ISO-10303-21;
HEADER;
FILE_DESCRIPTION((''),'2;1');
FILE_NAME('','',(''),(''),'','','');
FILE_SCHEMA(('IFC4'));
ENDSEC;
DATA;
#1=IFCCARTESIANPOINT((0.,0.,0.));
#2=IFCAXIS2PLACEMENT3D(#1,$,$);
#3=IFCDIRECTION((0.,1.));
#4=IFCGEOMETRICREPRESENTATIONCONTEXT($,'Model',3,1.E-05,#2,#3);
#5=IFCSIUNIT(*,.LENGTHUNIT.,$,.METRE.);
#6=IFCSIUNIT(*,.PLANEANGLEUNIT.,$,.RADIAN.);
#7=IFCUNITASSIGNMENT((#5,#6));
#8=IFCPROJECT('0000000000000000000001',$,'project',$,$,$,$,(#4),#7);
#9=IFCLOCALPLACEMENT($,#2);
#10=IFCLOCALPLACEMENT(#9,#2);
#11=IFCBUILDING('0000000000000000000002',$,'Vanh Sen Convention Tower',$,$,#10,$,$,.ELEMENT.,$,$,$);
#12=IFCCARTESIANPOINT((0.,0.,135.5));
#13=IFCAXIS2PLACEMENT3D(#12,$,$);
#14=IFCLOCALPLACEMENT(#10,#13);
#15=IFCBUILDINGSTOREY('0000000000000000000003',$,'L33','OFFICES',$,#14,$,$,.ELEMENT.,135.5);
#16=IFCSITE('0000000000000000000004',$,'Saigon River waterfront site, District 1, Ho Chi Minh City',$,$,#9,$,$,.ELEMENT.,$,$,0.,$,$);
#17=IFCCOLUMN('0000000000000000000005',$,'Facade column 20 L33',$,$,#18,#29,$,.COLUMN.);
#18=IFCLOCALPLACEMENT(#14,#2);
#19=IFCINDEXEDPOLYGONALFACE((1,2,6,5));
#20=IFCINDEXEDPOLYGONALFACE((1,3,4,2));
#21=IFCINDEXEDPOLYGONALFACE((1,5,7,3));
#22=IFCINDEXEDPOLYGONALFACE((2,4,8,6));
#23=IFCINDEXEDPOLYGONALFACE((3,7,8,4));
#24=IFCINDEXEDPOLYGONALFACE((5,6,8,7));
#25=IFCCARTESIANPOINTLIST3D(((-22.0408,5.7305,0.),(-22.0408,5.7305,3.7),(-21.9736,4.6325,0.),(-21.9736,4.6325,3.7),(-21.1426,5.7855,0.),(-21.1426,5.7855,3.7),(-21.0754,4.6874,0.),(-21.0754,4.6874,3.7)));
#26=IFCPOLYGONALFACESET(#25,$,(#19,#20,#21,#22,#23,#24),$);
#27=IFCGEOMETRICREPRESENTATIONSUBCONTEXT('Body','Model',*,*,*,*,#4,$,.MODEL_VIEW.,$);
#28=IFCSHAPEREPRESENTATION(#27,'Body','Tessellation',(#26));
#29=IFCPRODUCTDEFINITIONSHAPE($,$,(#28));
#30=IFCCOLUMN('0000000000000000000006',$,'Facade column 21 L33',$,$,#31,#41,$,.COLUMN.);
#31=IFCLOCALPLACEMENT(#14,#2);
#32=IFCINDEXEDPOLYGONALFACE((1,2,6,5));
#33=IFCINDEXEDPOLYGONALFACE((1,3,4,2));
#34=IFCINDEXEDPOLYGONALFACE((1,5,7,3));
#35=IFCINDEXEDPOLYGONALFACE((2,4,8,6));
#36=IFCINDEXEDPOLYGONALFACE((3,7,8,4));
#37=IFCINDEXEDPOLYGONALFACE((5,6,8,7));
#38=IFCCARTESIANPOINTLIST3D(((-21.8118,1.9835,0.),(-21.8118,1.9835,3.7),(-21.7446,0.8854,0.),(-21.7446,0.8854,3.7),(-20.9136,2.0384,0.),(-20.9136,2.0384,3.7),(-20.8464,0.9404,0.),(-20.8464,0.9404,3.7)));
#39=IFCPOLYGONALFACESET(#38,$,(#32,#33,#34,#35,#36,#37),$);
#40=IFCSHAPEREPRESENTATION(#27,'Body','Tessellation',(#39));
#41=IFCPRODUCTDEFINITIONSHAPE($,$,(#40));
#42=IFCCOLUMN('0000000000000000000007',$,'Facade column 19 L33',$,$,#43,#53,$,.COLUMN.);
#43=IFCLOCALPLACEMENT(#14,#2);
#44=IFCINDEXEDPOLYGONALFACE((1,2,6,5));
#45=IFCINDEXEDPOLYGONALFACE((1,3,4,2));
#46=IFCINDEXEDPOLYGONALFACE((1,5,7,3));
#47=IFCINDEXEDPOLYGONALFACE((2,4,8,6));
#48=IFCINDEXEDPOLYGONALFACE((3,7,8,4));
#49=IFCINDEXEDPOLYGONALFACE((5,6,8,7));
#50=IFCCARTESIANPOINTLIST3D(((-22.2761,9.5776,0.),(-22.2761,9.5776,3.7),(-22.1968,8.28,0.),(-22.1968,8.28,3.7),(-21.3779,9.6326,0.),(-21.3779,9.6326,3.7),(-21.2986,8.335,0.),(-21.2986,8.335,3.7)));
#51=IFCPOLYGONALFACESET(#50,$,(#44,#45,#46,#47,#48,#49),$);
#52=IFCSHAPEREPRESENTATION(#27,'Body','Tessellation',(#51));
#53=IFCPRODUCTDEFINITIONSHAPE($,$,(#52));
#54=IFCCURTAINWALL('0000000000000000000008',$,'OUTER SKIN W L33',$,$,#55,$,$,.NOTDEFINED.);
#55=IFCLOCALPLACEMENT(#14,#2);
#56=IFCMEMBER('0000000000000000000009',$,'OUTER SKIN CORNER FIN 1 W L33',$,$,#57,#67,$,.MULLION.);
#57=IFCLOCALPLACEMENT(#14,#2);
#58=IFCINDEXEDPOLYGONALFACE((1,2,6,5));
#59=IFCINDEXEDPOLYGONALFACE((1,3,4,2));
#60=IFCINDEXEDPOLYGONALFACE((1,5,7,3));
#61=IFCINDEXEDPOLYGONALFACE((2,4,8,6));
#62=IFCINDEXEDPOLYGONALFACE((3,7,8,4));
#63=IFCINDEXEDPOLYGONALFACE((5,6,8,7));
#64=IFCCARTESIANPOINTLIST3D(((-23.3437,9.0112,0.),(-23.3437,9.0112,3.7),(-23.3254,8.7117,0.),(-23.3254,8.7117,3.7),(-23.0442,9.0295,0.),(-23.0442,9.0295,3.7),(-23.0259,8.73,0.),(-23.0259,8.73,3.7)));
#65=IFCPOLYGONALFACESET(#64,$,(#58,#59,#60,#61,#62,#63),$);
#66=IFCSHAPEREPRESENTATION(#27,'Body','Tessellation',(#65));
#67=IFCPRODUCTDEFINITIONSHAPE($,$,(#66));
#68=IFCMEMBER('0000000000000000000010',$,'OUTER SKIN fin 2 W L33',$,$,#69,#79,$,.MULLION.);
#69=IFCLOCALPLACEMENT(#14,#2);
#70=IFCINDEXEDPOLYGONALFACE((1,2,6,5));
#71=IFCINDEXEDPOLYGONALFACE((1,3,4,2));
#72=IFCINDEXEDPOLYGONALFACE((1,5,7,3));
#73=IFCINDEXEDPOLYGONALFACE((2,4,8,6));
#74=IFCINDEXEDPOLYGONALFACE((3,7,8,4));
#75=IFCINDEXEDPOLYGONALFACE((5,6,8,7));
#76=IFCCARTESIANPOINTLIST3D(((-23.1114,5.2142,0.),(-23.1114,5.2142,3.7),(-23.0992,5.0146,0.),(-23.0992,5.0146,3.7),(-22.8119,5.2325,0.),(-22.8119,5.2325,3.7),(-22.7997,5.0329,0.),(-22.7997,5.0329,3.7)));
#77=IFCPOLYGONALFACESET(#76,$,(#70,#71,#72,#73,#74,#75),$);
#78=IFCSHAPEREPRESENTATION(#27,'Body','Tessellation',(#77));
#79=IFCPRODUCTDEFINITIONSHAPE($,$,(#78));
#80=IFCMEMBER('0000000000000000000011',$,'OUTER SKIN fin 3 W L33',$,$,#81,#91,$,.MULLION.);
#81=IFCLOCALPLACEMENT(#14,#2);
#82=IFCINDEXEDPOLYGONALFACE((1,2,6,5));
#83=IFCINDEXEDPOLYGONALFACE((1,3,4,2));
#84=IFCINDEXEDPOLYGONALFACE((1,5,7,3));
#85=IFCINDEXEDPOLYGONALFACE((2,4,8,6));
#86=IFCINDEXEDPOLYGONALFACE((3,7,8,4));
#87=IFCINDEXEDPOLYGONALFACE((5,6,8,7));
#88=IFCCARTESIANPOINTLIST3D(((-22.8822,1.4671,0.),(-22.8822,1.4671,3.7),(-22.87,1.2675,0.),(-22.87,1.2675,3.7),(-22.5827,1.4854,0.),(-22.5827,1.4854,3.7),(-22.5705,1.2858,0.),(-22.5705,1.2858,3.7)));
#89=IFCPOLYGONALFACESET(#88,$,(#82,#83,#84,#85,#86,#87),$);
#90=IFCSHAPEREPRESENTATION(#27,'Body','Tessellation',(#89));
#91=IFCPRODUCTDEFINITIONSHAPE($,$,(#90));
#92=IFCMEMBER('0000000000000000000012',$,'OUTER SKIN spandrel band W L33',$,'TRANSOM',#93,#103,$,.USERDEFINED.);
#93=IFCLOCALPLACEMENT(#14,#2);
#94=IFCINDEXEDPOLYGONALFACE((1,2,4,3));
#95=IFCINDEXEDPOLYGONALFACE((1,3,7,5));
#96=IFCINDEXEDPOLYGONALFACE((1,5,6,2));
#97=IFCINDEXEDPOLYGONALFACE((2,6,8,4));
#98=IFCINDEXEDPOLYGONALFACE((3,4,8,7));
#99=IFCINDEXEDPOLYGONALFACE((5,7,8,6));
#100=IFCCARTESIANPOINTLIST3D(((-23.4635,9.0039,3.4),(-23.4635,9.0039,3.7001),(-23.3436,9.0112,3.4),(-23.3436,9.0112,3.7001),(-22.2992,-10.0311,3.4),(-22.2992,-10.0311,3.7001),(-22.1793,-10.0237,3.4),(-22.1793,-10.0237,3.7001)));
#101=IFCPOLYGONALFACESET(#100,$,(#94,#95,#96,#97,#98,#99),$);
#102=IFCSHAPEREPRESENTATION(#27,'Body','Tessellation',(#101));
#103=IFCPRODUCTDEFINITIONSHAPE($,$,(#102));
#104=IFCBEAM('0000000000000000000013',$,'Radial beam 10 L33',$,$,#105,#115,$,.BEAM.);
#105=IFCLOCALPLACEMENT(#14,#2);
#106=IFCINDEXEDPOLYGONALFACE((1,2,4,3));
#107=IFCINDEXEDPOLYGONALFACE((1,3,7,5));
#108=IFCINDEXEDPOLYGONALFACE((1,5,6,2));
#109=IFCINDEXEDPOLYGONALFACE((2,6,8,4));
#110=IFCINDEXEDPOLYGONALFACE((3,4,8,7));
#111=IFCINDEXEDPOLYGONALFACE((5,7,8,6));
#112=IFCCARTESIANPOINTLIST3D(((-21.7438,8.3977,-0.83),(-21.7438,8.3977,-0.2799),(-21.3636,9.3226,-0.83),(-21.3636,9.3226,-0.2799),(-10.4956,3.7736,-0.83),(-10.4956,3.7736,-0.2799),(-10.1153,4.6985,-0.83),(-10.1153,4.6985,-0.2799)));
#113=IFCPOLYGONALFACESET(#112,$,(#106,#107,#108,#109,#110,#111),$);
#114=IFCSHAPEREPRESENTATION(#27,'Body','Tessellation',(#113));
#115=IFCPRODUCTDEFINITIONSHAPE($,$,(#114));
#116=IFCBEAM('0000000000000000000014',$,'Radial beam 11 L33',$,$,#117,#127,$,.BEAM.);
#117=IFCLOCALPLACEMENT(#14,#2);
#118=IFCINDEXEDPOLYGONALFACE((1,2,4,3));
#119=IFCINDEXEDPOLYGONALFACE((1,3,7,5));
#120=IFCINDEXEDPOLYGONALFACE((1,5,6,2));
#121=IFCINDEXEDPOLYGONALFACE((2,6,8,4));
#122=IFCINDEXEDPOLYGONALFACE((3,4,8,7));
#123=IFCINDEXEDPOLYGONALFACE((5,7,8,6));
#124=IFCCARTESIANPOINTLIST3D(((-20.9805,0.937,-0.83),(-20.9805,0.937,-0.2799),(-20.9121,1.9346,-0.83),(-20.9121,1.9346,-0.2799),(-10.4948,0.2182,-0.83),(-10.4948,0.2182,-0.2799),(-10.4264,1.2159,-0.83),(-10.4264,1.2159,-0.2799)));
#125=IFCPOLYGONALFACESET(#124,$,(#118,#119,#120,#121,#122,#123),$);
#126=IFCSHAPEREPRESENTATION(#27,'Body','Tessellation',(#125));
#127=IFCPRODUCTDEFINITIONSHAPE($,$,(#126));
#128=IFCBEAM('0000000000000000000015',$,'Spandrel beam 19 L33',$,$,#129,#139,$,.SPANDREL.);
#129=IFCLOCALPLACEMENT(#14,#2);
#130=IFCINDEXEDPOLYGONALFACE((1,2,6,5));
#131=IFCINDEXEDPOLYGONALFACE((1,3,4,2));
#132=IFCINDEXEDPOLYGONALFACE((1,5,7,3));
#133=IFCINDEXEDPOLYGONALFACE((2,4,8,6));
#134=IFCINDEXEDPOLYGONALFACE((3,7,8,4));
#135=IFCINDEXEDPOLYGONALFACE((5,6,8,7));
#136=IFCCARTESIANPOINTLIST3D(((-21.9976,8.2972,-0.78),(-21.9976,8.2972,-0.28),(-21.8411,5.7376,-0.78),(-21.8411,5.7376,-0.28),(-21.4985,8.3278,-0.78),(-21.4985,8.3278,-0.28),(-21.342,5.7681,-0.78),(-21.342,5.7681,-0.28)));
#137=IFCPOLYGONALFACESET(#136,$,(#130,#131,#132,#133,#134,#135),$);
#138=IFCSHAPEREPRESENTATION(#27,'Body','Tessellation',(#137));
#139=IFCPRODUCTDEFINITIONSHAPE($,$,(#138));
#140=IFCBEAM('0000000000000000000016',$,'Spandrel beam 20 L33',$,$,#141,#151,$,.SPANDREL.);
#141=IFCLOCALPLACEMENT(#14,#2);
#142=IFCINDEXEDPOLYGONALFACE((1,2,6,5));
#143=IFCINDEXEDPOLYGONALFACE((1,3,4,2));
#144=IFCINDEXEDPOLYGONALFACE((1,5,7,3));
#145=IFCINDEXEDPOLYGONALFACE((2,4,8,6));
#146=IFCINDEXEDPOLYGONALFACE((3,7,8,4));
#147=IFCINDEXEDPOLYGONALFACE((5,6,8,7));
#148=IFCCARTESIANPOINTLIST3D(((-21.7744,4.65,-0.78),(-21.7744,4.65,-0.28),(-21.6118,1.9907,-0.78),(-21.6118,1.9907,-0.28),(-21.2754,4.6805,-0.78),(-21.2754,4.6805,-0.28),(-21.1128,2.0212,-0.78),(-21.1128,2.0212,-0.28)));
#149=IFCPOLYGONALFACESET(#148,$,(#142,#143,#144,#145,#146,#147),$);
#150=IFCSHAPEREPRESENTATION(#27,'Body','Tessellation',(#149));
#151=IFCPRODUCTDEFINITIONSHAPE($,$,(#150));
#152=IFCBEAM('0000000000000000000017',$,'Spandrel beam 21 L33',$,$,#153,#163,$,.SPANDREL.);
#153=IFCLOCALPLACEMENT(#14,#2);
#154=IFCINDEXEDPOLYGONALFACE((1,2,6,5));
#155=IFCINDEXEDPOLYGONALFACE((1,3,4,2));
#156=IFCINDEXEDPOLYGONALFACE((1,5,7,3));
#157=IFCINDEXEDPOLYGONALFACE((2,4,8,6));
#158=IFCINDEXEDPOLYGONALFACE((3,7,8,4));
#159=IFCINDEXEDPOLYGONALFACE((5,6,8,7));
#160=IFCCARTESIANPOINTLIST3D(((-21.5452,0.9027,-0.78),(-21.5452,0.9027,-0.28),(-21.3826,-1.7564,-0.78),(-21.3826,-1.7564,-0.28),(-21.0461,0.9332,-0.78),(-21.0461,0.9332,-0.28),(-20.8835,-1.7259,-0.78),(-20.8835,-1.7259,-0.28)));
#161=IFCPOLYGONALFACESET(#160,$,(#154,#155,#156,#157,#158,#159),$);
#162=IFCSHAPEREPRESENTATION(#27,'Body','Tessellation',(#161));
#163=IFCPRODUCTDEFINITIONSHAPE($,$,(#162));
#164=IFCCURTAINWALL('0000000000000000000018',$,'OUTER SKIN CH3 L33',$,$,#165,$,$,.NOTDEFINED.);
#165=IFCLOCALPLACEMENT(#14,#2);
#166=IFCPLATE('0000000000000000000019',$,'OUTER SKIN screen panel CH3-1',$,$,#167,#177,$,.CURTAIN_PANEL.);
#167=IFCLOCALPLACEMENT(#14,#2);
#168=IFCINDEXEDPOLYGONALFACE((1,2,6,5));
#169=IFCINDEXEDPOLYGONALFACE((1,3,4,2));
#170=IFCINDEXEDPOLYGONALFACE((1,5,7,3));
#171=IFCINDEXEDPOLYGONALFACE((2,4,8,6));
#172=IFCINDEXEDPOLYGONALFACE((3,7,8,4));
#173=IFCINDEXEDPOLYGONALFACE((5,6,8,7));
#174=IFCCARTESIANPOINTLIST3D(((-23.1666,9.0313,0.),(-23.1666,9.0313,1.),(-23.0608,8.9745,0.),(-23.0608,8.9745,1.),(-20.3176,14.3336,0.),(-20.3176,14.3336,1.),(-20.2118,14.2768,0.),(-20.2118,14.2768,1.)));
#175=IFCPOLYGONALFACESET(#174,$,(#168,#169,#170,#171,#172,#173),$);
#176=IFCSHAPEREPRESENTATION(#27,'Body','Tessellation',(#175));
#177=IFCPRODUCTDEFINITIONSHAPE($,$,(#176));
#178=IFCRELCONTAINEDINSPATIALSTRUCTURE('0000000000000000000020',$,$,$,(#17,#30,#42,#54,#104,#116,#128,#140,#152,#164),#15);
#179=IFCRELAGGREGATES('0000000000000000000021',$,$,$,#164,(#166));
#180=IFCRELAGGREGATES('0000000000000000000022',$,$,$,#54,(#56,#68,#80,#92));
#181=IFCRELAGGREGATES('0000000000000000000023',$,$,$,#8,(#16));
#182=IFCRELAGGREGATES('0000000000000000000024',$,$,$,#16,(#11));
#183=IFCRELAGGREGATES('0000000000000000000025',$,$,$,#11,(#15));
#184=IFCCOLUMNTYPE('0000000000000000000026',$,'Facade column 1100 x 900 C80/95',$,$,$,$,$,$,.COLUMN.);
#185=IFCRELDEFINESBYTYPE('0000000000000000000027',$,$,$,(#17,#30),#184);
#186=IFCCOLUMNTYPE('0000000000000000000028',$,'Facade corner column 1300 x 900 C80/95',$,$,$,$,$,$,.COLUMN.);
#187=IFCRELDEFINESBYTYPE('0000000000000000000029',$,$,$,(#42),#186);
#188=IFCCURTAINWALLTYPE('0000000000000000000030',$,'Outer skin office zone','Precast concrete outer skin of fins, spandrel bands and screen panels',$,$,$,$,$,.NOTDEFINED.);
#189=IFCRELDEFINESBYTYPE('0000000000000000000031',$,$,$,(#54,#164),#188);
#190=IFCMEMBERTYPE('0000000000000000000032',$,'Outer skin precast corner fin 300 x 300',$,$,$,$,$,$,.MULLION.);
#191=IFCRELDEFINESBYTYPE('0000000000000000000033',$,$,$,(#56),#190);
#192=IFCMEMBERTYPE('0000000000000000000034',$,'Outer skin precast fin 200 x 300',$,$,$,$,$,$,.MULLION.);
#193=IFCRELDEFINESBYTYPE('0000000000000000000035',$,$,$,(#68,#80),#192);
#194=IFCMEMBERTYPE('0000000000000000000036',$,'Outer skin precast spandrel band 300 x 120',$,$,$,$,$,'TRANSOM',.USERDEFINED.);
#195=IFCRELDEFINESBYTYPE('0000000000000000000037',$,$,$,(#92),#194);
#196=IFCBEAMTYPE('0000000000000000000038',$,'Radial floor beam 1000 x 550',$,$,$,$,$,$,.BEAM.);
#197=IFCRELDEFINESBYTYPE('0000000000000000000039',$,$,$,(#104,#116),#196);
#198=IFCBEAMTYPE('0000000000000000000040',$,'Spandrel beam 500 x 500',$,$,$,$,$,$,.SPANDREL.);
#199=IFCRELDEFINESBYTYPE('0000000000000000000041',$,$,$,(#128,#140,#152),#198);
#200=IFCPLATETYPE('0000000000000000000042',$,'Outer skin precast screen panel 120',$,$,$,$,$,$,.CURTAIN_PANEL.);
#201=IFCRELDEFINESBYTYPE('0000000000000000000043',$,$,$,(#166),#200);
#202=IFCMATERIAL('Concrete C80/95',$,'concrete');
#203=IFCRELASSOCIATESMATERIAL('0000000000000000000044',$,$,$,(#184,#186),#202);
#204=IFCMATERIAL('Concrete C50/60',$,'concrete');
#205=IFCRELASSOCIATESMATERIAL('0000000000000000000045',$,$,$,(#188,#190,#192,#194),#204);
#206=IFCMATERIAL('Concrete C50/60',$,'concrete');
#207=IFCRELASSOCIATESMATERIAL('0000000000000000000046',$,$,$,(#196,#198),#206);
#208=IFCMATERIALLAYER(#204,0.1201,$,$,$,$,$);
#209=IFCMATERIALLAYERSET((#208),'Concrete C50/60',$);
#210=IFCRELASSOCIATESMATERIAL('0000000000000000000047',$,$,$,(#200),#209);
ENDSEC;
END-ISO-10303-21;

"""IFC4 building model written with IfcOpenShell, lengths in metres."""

from ifc_helpers import new_model, si_unit, direction, frame, origin, origin_2d, place, context, subcontext, project, spatial, rectangle, extrude, material, layer, layer_set, material_profile, profile_set, type_object, element, aggregate, save


model = new_model("IFC4")

# Units and contexts
model_context = context("Model", 3, precision=1e-05, world=origin(), true_north=direction((0.0, 1.0)))
body_context = subcontext(model_context, "Body", "Model", "MODEL_VIEW")
ifc_project = project(units=[si_unit("LENGTHUNIT", "METRE"), si_unit("PLANEANGLEUNIT", "RADIAN")], contexts=[model_context])

# Site, building, storey
site_placement = place(None, origin())
site = spatial("IfcSite", under=ifc_project, at=site_placement, Name="Saigon River waterfront site, District 1, Ho Chi Minh City", CompositionType="ELEMENT", RefElevation=0.0)
building_placement = place(site_placement, origin())
building = spatial("IfcBuilding", under=site, at=building_placement, Name="Vanh Sen Convention Tower", CompositionType="ELEMENT")
storey_placement = place(building_placement, frame((0.0, 0.0, 135.5)))
storey = spatial("IfcBuildingStorey", under=building, at=storey_placement, Name="L33", Description="OFFICES", CompositionType="ELEMENT", Elevation=135.5)

# Columns
ifc_material_1 = material(Name="Concrete C80/95", Category="concrete")
ifc_material_profile_1 = material_profile(ifc_material_1, rectangle(XDim=1.1001, YDim=0.8999, at=origin_2d()), Name="RC 1100X900")
ifc_profile_set_1 = profile_set([ifc_material_profile_1], Name="Concrete C80/95")
column_type_1 = type_object("IfcColumnType", Name="Facade column 1100 x 900 C80/95", PredefinedType="COLUMN", material=ifc_profile_set_1)
for number, where, z_axis, x_axis, name in (
    (1, (-21.5581, 5.209, 0.0), (0.0, 0.0, 1.0), (0.061049, -0.998135, 0.0), "Facade column 20 L33"),
    (2, (-21.3291, 1.4619, 0.0), (0.0, 0.0, 1.0), (0.061049, -0.998135, 0.0), "Facade column 21 L33"),
):
    element("IfcColumn", number, at=place(storey_placement, frame(where, z_axis=z_axis, x_axis=x_axis)), inside=storey, type_object=column_type_1, Name=name, PredefinedType="COLUMN", context=body_context, shape_type="SweptSolid", body=[
        extrude(rectangle(XDim=1.1001, YDim=0.8999, at=origin_2d()), origin(), (0.0, 0.0, 1.0), 3.7),
    ])
ifc_material_profile_2 = material_profile(ifc_material_1, rectangle(XDim=1.3, YDim=0.8999, at=origin_2d()), Name="RC 1300X900")
ifc_profile_set_2 = profile_set([ifc_material_profile_2], Name="Concrete C80/95")
column_type_2 = type_object("IfcColumnType", Name="Facade corner column 1300 x 900 C80/95", PredefinedType="COLUMN", material=ifc_profile_set_2)
column_placement = place(storey_placement, frame((-21.7874, 8.9563, 0.0), z_axis=(0.0, 0.0, 1.0), x_axis=(0.061049, -0.998135, 0.0)))
element("IfcColumn", 3, at=column_placement, inside=storey, type_object=column_type_2, Name="Facade column 19 L33", PredefinedType="COLUMN", context=body_context, shape_type="SweptSolid", body=[
    extrude(rectangle(XDim=1.3, YDim=0.8999, at=origin_2d()), origin(), (0.0, 0.0, 1.0), 3.7),
])

# Curtain wall, members
ifc_material_2 = material(Name="Concrete C50/60", Category="concrete")
curtain_wall_type = type_object("IfcCurtainWallType", Name="Outer skin office zone", Description="Precast concrete outer skin of fins, spandrel bands and screen panels", PredefinedType="NOTDEFINED", material=ifc_material_2)
curtain_wall_1_placement = place(storey_placement, origin())
curtain_wall_1 = element("IfcCurtainWall", 4, at=curtain_wall_1_placement, inside=storey, type_object=curtain_wall_type, Name="OUTER SKIN W L33", PredefinedType="NOTDEFINED")
ifc_material_profile_3 = material_profile(ifc_material_2, rectangle(XDim=0.3, YDim=0.3, at=origin_2d()), Name="Outer skin precast corner fin 300 x 300")
ifc_profile_set_3 = profile_set([ifc_material_profile_3], Name="Concrete C50/60")
member_type_1 = type_object("IfcMemberType", Name="Outer skin precast corner fin 300 x 300", PredefinedType="MULLION", material=ifc_profile_set_3)
member_1_placement = place(storey_placement, frame((-23.1848, 8.8706, 0.0), z_axis=(0.0, 0.0, 1.0), x_axis=(0.061049, -0.998135, 0.0)))
member_1 = element("IfcMember", 5, at=member_1_placement, type_object=member_type_1, Name="OUTER SKIN CORNER FIN 1 W L33", PredefinedType="MULLION", context=body_context, shape_type="SweptSolid", body=[
    extrude(rectangle(XDim=0.3, YDim=0.3, at=origin_2d()), origin(), (0.0, 0.0, 1.0), 3.7),
])
ifc_material_profile_4 = material_profile(ifc_material_2, rectangle(XDim=0.2, YDim=0.3, at=origin_2d()), Name="Outer skin precast fin 200 x 300")
ifc_profile_set_4 = profile_set([ifc_material_profile_4], Name="Concrete C50/60")
member_type_2 = type_object("IfcMemberType", Name="Outer skin precast fin 200 x 300", PredefinedType="MULLION", material=ifc_profile_set_4)
member_2_placement = place(storey_placement, frame((-22.9556, 5.1235, 0.0), z_axis=(0.0, 0.0, 1.0), x_axis=(0.061049, -0.998135, 0.0)))
member_2 = element("IfcMember", 6, at=member_2_placement, type_object=member_type_2, Name="OUTER SKIN fin 2 W L33", PredefinedType="MULLION", context=body_context, shape_type="SweptSolid", body=[
    extrude(rectangle(XDim=0.2, YDim=0.3, at=origin_2d()), origin(), (0.0, 0.0, 1.0), 3.7),
])
member_3_placement = place(storey_placement, frame((-22.7263, 1.3765, 0.0), z_axis=(0.0, 0.0, 1.0), x_axis=(0.061049, -0.998135, 0.0)))
member_3 = element("IfcMember", 7, at=member_3_placement, type_object=member_type_2, Name="OUTER SKIN fin 3 W L33", PredefinedType="MULLION", context=body_context, shape_type="SweptSolid", body=[
    extrude(rectangle(XDim=0.2, YDim=0.3, at=origin_2d()), origin(), (0.0, 0.0, 1.0), 3.7),
])
ifc_material_profile_5 = material_profile(ifc_material_2, rectangle(XDim=0.1201, YDim=0.3, at=origin_2d()), Name="Outer skin precast spandrel band 300 x 120")
ifc_profile_set_5 = profile_set([ifc_material_profile_5], Name="Concrete C50/60")
member_type_3 = type_object("IfcMemberType", Name="Outer skin precast spandrel band 300 x 120", ElementType="TRANSOM", PredefinedType="USERDEFINED", material=ifc_profile_set_5)
member_4_placement = place(storey_placement, frame((-23.4036, 9.0076, 3.55), z_axis=(0.061053, -0.998135, 0.0), x_axis=(0.998135, 0.061053, 0.0)))
member_4 = element("IfcMember", 8, at=member_4_placement, type_object=member_type_3, Name="OUTER SKIN spandrel band W L33", ObjectType="TRANSOM", PredefinedType="USERDEFINED", context=body_context, shape_type="SweptSolid", body=[
    extrude(rectangle(XDim=0.1201, YDim=0.3, at=origin_2d()), origin(), (0.0, 0.0, 1.0), 19.0706),
])

# Beams
ifc_material_3 = material(Name="Concrete C50/60", Category="concrete")
ifc_material_profile_6 = material_profile(ifc_material_3, rectangle(XDim=1.0, YDim=0.55, at=origin_2d()), Name="RC 1000X550")
ifc_profile_set_6 = profile_set([ifc_material_profile_6], Name="Concrete C50/60")
beam_type_1 = type_object("IfcBeamType", Name="Radial floor beam 1000 x 550", PredefinedType="BEAM", material=ifc_profile_set_6)
beam_1_placement = place(storey_placement, frame((-21.5537, 8.8601, -0.5549), z_axis=(0.924899, -0.380214, 0.0), x_axis=(0.380214, 0.924899, 0.0)))
element("IfcBeam", 9, at=beam_1_placement, inside=storey, type_object=beam_type_1, Name="Radial beam 10 L33", PredefinedType="BEAM", context=body_context, shape_type="SweptSolid", body=[
    extrude(rectangle(XDim=1.0, YDim=0.55, at=origin_2d()), origin(), (0.0, 0.0, 1.0), 12.1616),
])
beam_2_placement = place(storey_placement, frame((-20.9463, 1.4358, -0.5549), z_axis=(0.997659, -0.068386, 0.0), x_axis=(0.068386, 0.997659, 0.0)))
element("IfcBeam", 10, at=beam_2_placement, inside=storey, type_object=beam_type_1, Name="Radial beam 11 L33", PredefinedType="BEAM", context=body_context, shape_type="SweptSolid", body=[
    extrude(rectangle(XDim=1.0, YDim=0.55, at=origin_2d()), origin(), (0.0, 0.0, 1.0), 10.5103),
])
ifc_material_profile_7 = material_profile(ifc_material_3, rectangle(XDim=0.5, YDim=0.5, at=origin_2d()), Name="RC 500X500")
ifc_profile_set_7 = profile_set([ifc_material_profile_7], Name="Concrete C50/60")
beam_type_2 = type_object("IfcBeamType", Name="Spandrel beam 500 x 500", PredefinedType="SPANDREL", material=ifc_profile_set_7)
beam_3_placement = place(storey_placement, frame((-21.748, 8.3125, -0.53), z_axis=(0.061027, -0.998136, 0.0), x_axis=(0.998136, 0.061027, 0.0)))
element("IfcBeam", 11, at=beam_3_placement, inside=storey, type_object=beam_type_2, Name="Spandrel beam 19 L33", PredefinedType="SPANDREL", context=body_context, shape_type="SweptSolid", body=[
    extrude(rectangle(XDim=0.5, YDim=0.5, at=origin_2d()), origin(), (0.0, 0.0, 1.0), 2.5645),
])
beam_4_placement = place(storey_placement, frame((-21.5249, 4.6653, -0.53), z_axis=(0.061026, -0.998136, 0.0), x_axis=(0.998136, 0.061026, 0.0)))
element("IfcBeam", 12, at=beam_4_placement, inside=storey, type_object=beam_type_2, Name="Spandrel beam 20 L33", PredefinedType="SPANDREL", context=body_context, shape_type="SweptSolid", body=[
    extrude(rectangle(XDim=0.5, YDim=0.5, at=origin_2d()), origin(), (0.0, 0.0, 1.0), 2.6643),
])
beam_5_placement = place(storey_placement, frame((-21.2957, 0.918, -0.53), z_axis=(0.061032, -0.998136, 0.0), x_axis=(0.998136, 0.061032, 0.0)))
element("IfcBeam", 13, at=beam_5_placement, inside=storey, type_object=beam_type_2, Name="Spandrel beam 21 L33", PredefinedType="SPANDREL", context=body_context, shape_type="SweptSolid", body=[
    extrude(rectangle(XDim=0.5, YDim=0.5, at=origin_2d()), origin(), (0.0, 0.0, 1.0), 2.6641),
])

# Curtain wall, plate
curtain_wall_2_placement = place(storey_placement, origin())
curtain_wall_2 = element("IfcCurtainWall", 14, at=curtain_wall_2_placement, inside=storey, type_object=curtain_wall_type, Name="OUTER SKIN CH3 L33", PredefinedType="NOTDEFINED")
ifc_layer_1 = layer(ifc_material_2, 0.1201)
ifc_layer_set_1 = layer_set([ifc_layer_1], Name="Concrete C50/60")
plate_type = type_object("IfcPlateType", Name="Outer skin precast screen panel 120", PredefinedType="CURTAIN_PANEL", material=ifc_layer_set_1)
plate_1_placement = place(storey_placement, frame((-21.6892, 11.6541, 0.0), z_axis=(0.0, 0.0, 1.0), x_axis=(-0.473318, -0.880892, 0.0)))
plate_1 = element("IfcPlate", 15, at=plate_1_placement, type_object=plate_type, Name="OUTER SKIN screen panel CH3-1", PredefinedType="CURTAIN_PANEL", context=body_context, shape_type="SweptSolid", body=[
    extrude(rectangle(XDim=6.0193, YDim=0.1201, at=origin_2d()), origin(), (0.0, 0.0, 1.0), 1.0),
])
aggregate(curtain_wall_2, [plate_1])

aggregate(curtain_wall_1, [member_1, member_2, member_3, member_4])

save(model, "model.ifc")
